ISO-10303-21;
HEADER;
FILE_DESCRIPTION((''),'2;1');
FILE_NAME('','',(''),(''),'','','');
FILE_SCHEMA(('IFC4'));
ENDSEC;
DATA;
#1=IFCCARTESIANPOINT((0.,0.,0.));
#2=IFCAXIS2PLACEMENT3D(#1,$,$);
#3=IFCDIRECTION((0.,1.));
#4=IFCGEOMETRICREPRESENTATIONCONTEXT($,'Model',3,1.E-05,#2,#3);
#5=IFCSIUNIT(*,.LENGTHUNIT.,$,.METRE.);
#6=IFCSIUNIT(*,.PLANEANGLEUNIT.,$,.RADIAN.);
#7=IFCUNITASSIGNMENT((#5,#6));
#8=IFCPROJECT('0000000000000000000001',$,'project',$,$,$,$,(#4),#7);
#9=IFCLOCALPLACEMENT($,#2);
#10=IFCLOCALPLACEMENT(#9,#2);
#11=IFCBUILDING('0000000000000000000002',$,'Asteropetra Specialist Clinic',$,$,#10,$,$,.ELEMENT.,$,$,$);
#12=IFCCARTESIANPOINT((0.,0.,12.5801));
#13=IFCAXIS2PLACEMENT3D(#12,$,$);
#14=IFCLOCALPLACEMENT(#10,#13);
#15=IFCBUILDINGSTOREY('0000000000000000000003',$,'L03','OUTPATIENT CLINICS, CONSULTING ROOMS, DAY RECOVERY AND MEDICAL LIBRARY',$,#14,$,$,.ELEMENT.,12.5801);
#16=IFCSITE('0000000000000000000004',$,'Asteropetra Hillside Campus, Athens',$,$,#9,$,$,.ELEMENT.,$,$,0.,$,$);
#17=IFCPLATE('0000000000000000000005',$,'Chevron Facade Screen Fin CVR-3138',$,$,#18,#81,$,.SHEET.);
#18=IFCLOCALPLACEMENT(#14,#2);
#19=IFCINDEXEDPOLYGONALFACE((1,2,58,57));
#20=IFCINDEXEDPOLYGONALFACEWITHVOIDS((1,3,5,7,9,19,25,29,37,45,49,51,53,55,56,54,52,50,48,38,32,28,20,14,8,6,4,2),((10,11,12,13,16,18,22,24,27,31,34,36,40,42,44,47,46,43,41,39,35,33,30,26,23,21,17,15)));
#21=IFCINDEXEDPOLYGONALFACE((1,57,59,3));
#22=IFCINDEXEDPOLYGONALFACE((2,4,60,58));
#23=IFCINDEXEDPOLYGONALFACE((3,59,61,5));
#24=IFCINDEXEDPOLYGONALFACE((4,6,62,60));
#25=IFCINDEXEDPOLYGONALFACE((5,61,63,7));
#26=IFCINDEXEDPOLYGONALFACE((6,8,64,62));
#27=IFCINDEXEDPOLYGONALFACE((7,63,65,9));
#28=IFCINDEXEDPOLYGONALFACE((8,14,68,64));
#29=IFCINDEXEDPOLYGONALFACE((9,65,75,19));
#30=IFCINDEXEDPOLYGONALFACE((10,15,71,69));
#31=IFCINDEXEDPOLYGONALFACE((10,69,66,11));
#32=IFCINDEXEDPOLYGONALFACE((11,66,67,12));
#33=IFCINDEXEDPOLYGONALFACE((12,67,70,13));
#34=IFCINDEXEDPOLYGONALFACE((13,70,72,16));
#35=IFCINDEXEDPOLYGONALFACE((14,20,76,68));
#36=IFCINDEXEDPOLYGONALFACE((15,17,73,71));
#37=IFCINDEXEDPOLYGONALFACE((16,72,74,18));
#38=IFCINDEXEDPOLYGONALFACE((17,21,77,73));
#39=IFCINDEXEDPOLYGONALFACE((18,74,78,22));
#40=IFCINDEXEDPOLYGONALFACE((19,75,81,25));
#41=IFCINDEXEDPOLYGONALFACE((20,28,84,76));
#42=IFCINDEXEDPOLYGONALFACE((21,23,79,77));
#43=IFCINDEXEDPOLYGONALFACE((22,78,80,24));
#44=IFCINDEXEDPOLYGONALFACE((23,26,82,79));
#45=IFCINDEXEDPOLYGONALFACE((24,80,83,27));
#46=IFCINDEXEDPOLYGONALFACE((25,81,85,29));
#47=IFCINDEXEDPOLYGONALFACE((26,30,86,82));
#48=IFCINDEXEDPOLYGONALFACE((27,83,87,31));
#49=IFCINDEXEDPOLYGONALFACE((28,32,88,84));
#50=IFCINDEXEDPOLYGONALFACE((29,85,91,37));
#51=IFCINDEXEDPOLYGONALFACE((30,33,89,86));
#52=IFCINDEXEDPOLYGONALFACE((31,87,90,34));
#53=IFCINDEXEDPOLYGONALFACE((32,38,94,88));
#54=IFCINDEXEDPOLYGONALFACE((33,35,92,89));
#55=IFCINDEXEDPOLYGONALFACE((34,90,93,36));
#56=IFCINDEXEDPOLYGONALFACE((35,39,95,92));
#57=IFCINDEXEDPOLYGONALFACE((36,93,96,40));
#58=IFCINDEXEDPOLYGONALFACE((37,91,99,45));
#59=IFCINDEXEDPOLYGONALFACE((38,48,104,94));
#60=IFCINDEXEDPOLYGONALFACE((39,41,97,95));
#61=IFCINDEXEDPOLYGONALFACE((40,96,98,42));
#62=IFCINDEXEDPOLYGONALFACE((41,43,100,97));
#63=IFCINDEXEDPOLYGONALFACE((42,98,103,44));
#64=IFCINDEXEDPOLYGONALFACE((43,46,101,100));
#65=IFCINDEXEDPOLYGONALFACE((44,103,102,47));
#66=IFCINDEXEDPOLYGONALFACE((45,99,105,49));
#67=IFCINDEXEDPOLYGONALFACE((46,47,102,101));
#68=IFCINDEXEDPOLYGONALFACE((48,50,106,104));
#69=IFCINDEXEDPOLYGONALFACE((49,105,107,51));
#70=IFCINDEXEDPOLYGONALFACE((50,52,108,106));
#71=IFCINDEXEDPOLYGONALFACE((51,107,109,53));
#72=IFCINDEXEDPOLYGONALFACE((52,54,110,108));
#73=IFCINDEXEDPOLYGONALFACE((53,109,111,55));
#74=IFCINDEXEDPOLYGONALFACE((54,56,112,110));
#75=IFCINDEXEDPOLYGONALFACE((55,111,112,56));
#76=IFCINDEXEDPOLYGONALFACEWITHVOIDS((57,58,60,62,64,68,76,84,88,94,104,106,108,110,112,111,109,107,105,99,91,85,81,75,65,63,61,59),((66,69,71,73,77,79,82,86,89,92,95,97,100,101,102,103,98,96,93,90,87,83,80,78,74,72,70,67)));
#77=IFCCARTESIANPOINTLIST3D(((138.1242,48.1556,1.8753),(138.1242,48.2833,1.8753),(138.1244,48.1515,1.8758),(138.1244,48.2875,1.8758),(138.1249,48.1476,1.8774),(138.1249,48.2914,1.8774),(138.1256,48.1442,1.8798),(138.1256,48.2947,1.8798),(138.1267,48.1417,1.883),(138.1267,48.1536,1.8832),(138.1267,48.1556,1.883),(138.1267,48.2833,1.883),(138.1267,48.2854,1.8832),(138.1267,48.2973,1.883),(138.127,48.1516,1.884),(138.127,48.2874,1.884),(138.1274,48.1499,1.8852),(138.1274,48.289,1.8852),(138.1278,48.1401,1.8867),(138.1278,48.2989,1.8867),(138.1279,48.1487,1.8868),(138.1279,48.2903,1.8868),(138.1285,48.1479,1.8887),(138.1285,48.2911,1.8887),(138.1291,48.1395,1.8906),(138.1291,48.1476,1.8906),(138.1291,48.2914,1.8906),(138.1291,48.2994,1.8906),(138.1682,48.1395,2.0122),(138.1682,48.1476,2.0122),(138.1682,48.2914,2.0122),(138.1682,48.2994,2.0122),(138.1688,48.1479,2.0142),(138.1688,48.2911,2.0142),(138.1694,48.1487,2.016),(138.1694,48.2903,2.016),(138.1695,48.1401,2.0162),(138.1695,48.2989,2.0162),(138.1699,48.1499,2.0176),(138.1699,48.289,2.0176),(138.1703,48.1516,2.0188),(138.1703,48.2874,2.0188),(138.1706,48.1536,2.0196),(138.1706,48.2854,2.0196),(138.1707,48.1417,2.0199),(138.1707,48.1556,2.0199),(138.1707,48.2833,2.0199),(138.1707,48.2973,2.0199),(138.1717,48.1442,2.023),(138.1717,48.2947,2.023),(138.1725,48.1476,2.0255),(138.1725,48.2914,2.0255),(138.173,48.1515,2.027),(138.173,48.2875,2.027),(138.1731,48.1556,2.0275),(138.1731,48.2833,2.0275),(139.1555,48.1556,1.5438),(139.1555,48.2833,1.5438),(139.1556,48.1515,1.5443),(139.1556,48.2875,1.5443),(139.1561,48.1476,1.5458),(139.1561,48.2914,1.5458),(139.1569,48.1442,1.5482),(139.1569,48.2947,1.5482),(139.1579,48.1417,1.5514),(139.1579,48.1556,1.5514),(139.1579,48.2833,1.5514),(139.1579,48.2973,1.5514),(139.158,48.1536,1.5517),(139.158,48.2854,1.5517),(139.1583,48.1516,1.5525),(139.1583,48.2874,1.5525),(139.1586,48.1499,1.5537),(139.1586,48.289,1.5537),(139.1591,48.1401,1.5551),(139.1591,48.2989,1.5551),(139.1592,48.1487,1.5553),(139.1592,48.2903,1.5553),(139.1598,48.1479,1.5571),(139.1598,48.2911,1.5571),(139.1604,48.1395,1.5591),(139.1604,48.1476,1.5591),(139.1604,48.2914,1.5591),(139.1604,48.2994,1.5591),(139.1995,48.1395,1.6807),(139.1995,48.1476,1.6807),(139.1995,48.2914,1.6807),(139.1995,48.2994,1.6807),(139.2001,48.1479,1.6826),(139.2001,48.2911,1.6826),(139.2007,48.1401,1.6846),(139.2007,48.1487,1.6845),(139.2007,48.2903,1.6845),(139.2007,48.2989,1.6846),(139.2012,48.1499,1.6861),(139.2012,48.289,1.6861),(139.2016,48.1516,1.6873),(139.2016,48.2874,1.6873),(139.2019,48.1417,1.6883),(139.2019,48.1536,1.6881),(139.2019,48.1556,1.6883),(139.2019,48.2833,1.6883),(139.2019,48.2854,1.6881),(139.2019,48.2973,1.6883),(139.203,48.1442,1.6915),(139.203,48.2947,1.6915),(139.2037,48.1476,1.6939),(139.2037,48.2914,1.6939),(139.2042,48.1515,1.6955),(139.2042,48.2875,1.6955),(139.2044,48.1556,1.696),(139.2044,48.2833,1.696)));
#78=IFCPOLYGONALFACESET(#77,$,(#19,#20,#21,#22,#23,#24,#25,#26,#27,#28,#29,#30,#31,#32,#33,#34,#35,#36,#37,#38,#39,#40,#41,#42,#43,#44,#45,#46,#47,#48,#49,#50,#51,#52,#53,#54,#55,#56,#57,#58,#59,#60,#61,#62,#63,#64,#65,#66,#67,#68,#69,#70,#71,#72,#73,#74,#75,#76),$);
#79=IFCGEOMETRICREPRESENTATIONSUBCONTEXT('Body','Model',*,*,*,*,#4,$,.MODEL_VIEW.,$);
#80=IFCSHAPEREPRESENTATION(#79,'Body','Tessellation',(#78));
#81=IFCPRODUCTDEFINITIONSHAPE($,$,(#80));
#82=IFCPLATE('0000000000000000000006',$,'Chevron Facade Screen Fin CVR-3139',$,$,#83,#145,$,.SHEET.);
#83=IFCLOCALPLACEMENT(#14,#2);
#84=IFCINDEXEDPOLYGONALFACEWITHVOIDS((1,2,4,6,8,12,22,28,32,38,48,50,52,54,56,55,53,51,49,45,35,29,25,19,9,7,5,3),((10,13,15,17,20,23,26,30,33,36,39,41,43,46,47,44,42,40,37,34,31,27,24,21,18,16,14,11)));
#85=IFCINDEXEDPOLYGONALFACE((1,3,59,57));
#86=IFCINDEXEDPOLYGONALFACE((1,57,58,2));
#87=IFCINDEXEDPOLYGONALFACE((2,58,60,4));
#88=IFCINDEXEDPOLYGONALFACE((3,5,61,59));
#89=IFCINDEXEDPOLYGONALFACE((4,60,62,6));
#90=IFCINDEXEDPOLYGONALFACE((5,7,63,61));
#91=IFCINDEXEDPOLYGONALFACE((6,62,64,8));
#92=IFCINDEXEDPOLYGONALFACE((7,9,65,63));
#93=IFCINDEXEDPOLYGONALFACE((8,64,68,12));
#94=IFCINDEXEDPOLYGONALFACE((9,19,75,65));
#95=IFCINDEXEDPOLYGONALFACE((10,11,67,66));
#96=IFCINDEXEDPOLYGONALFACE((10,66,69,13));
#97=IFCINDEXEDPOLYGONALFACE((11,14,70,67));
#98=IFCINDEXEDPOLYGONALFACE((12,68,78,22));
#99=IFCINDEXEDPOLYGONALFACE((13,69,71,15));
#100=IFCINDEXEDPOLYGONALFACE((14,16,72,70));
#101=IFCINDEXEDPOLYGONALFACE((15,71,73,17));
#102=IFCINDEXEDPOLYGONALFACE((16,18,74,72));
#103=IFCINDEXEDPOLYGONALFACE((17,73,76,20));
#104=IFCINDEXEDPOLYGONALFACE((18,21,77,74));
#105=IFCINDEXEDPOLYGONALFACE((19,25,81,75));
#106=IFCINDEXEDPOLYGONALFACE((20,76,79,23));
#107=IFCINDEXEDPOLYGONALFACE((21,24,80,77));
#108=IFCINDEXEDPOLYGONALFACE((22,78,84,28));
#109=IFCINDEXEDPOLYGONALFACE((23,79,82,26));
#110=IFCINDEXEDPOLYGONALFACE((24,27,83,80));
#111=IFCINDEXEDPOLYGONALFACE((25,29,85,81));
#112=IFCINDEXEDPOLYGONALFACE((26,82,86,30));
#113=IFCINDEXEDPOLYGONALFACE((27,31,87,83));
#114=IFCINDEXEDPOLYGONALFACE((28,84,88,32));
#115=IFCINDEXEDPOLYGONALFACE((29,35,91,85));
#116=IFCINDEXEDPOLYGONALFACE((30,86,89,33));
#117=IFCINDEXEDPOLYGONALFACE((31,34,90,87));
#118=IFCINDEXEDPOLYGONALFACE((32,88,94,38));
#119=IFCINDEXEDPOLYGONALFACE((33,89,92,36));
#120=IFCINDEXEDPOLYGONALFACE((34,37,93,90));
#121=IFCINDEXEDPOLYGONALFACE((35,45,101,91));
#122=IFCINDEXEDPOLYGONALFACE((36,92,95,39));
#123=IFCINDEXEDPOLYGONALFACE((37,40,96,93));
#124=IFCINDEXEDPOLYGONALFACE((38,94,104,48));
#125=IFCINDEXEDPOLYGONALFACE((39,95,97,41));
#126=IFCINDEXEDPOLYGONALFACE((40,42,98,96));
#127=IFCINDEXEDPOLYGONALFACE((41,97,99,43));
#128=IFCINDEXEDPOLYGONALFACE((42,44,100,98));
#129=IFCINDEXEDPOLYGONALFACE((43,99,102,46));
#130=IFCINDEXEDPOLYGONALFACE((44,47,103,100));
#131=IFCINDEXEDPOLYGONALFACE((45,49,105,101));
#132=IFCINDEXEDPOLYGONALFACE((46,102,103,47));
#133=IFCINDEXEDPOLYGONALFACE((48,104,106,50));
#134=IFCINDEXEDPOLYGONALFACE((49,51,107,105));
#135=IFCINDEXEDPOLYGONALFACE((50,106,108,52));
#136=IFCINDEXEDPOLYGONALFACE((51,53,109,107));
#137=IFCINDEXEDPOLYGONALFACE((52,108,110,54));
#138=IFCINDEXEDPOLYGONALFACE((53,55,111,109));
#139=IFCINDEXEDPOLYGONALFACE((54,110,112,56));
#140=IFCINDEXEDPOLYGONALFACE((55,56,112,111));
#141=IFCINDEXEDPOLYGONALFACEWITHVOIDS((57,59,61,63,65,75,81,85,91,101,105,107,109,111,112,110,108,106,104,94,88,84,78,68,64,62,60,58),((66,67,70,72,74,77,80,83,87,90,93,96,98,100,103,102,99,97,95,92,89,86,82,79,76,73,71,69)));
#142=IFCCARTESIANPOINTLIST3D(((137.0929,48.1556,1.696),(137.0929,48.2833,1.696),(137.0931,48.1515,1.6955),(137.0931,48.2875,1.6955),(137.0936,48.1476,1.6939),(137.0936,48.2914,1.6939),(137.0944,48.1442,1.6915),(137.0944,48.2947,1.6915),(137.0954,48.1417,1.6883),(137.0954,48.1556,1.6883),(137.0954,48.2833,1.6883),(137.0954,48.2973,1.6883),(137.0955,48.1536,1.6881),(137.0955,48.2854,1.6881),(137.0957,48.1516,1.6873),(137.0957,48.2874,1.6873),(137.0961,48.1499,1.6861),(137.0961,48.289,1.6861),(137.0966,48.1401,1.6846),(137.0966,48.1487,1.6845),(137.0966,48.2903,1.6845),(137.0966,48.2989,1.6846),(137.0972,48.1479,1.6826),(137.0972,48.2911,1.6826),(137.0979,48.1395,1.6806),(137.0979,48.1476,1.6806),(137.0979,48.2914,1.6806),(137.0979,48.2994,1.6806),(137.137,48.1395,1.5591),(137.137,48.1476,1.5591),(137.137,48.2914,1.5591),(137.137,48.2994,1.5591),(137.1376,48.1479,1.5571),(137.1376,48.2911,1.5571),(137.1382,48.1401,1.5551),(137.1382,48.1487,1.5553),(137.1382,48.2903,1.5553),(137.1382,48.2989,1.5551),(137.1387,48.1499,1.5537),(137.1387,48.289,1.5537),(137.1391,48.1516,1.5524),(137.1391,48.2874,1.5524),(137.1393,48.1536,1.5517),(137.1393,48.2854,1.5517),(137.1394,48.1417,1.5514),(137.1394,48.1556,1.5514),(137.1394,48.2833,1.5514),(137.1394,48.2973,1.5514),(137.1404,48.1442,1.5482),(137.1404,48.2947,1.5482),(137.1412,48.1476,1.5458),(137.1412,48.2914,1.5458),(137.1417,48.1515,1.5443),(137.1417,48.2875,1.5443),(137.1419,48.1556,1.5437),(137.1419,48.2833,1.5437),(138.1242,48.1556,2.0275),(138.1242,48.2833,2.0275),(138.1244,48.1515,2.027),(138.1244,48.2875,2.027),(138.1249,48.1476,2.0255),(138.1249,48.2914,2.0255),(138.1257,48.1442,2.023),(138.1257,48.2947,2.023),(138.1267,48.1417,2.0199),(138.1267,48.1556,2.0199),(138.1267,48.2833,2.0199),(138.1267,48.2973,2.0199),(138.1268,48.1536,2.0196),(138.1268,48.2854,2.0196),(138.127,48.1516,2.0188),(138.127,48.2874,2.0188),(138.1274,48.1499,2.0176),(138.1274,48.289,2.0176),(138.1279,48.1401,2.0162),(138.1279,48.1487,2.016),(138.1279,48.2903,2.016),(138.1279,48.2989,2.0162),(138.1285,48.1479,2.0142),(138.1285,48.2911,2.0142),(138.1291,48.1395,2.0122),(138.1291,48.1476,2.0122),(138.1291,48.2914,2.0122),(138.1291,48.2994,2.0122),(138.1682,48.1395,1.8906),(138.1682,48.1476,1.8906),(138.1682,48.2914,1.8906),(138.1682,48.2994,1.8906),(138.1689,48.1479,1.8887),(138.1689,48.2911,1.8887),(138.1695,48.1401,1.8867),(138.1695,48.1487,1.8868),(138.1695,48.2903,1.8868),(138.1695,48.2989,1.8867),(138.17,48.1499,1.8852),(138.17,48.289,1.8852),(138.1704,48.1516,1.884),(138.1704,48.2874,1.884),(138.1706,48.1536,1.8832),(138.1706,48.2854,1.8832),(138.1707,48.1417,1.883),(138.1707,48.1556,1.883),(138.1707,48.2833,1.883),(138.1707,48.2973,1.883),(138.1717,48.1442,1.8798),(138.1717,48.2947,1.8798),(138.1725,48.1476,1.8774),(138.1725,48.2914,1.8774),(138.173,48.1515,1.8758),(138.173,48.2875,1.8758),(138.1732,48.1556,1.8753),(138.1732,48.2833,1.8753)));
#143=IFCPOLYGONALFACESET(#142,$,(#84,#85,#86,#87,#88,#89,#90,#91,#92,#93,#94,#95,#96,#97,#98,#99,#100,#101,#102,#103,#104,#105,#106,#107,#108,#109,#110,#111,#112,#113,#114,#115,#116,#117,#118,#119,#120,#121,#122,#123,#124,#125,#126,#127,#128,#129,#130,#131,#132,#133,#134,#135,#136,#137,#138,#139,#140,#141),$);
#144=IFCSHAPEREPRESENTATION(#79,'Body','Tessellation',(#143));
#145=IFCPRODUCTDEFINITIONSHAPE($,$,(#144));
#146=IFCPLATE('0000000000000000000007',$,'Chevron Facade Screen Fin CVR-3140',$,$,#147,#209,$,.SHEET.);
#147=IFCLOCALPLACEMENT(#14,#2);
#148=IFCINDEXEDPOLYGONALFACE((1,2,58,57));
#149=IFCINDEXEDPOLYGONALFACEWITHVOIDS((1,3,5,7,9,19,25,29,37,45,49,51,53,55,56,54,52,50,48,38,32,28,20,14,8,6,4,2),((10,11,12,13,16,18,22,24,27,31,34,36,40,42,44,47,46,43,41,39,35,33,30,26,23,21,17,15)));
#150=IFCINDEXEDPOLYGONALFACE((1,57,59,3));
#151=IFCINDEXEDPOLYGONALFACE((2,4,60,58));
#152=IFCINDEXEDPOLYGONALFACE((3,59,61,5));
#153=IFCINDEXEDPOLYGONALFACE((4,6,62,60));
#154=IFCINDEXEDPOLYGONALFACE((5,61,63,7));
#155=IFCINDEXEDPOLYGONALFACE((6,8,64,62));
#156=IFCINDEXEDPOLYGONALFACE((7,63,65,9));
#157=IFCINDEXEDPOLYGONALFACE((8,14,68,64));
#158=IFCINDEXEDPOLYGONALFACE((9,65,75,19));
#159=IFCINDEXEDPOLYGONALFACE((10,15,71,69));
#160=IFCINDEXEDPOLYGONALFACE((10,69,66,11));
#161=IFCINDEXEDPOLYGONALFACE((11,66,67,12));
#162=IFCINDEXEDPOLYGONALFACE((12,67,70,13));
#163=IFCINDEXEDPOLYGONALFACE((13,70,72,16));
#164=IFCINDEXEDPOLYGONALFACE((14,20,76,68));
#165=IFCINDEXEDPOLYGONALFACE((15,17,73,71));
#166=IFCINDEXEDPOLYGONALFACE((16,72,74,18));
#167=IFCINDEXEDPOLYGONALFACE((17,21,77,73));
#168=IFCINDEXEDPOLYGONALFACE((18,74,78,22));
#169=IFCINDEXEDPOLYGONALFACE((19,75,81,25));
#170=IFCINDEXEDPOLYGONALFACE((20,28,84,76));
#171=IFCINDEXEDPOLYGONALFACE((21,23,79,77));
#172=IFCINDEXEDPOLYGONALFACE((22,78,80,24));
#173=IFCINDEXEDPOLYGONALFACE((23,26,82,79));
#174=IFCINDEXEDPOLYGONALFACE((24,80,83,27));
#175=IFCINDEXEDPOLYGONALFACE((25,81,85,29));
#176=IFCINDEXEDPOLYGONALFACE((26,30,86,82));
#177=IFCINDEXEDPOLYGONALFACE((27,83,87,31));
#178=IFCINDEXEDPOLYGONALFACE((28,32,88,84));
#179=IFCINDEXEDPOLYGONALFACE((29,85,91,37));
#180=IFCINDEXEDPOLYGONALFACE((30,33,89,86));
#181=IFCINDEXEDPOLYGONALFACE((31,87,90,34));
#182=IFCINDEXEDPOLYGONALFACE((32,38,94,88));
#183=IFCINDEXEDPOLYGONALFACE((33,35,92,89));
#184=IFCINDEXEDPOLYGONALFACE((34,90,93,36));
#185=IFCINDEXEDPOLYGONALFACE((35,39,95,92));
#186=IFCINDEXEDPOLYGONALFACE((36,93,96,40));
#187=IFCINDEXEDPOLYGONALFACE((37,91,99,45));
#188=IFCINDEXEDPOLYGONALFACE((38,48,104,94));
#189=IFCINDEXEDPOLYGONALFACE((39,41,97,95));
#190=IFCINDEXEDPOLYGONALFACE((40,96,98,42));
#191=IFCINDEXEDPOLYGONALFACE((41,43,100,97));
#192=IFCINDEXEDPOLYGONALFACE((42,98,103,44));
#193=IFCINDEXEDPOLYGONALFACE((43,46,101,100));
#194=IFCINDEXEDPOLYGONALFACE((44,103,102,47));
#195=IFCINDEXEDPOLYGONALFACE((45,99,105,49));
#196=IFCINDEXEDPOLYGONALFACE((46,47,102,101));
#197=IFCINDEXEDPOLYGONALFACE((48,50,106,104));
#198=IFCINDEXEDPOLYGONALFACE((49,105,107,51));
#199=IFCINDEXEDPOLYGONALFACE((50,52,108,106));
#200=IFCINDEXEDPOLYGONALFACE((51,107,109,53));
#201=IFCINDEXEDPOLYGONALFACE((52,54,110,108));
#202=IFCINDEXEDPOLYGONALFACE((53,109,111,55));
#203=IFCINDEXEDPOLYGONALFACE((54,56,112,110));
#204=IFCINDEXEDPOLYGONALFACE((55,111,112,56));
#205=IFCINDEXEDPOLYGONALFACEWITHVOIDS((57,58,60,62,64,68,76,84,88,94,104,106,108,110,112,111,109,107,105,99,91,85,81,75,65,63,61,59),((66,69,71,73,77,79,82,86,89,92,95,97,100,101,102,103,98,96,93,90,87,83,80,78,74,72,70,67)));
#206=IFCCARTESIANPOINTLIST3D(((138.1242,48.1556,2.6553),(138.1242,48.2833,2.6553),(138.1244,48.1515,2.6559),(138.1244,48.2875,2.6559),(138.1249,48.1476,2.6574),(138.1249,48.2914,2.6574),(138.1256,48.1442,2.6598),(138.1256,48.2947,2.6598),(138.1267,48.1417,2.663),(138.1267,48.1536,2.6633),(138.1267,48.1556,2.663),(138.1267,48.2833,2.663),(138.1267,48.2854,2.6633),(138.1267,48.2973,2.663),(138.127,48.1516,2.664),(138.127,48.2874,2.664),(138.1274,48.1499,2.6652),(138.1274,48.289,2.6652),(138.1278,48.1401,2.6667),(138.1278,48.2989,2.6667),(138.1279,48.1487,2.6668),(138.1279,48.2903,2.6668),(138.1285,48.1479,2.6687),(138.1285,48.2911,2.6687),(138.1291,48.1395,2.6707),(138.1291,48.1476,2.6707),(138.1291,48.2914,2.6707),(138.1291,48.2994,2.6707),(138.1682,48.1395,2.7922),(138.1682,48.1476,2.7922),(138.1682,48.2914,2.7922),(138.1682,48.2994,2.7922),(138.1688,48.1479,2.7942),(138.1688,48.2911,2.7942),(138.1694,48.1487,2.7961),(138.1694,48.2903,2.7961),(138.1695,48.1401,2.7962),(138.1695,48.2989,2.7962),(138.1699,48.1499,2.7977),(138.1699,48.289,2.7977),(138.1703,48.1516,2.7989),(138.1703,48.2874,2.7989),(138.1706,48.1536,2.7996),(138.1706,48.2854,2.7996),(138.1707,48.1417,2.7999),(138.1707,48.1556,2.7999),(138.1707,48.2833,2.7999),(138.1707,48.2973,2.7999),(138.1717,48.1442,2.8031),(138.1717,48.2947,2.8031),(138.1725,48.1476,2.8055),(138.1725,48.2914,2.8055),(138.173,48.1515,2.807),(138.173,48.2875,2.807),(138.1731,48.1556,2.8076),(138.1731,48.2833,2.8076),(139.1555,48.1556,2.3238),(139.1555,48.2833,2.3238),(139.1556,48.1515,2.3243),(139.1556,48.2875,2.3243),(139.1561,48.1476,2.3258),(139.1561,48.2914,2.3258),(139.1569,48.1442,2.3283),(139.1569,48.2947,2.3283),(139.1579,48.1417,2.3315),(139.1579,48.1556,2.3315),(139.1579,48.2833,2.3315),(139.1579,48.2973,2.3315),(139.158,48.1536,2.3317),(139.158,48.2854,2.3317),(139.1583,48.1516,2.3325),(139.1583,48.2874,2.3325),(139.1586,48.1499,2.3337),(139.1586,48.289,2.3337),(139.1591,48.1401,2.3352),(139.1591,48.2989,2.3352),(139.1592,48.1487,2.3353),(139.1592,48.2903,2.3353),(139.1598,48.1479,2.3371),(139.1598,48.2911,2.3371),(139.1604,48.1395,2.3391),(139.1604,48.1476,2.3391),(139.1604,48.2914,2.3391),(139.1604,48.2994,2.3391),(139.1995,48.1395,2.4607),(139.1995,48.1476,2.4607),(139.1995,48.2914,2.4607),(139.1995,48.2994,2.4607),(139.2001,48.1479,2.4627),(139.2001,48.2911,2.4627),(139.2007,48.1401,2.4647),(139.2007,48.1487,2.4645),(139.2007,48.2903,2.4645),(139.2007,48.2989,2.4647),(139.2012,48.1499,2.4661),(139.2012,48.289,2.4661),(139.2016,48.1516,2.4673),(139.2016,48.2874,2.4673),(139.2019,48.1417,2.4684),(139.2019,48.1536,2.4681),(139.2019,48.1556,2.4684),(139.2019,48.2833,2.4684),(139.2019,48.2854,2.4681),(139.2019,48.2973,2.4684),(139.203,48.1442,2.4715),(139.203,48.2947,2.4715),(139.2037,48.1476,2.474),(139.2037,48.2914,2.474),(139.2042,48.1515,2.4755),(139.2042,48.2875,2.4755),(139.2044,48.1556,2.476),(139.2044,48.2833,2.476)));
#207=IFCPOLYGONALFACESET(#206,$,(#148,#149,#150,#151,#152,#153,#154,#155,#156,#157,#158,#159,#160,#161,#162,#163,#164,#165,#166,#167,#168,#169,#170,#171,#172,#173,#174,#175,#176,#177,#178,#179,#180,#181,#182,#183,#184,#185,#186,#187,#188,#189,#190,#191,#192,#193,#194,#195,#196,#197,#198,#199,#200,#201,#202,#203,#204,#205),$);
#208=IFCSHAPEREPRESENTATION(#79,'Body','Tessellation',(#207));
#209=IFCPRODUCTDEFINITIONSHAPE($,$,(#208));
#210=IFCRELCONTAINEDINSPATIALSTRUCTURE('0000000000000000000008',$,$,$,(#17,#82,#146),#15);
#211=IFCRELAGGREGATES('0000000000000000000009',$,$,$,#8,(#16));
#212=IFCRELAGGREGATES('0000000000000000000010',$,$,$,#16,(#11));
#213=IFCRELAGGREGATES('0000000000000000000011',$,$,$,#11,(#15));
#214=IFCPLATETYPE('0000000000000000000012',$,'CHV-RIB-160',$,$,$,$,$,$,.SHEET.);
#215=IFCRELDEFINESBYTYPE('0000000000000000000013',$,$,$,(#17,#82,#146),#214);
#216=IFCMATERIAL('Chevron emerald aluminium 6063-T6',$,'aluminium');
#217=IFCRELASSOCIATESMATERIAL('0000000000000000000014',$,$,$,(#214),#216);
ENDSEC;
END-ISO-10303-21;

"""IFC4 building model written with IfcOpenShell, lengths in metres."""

from ifc_helpers import new_model, si_unit, direction, frame, origin, origin_2d, place, context, subcontext, project, spatial, hollow_rectangle, extrude, material, material_profile, profile_set, type_object, element, save


model = new_model("IFC4")

# Units and contexts
model_context = context("Model", 3, precision=1e-05, world=origin(), true_north=direction((0.0, 1.0)))
body_context = subcontext(model_context, "Body", "Model", "MODEL_VIEW")
ifc_project = project(units=[si_unit("LENGTHUNIT", "METRE"), si_unit("PLANEANGLEUNIT", "RADIAN")], contexts=[model_context])

# Site, building, storey
site_placement = place(None, origin())
site = spatial("IfcSite", under=ifc_project, at=site_placement, Name="Asteropetra Hillside Campus, Athens", CompositionType="ELEMENT", RefElevation=0.0)
building_placement = place(site_placement, origin())
building = spatial("IfcBuilding", under=site, at=building_placement, Name="Asteropetra Specialist Clinic", CompositionType="ELEMENT")
storey_placement = place(building_placement, frame((0.0, 0.0, 12.5801)))
storey = spatial("IfcBuildingStorey", under=building, at=storey_placement, Name="L03", Description="OUTPATIENT CLINICS, CONSULTING ROOMS, DAY RECOVERY AND MEDICAL LIBRARY", CompositionType="ELEMENT", Elevation=12.5801)

# Plates
ifc_material_1 = material(Name="Chevron emerald aluminium 6063-T6", Category="aluminium")
ifc_material_profile = material_profile(ifc_material_1, hollow_rectangle(XDim=0.1599, YDim=0.1599, WallThickness=0.0081, InnerFilletRadius=0.0081, OuterFilletRadius=0.0161, at=origin_2d()), Name="SHS 160x160x8.0")
ifc_profile_set = profile_set([ifc_material_profile], Name="Chevron emerald aluminium 6063-T6")
plate_type_1 = type_object("IfcPlateType", Name="CHV-RIB-160", PredefinedType="SHEET", material=ifc_profile_set)
for number, where, z_axis, x_axis, name in (
    (1, (139.1799, 48.2195, 1.6199), (-0.95201, 0.0, 0.306068), (0.0, -1.0, 0.0), "Chevron Facade Screen Fin CVR-3138"),
    (2, (138.1487, 48.2195, 1.9514), (-0.95201, 0.0, -0.306068), (0.0, -1.0, 0.0), "Chevron Facade Screen Fin CVR-3139"),
    (3, (139.1799, 48.2195, 2.3999), (-0.95201, 0.0, 0.306068), (0.0, -1.0, 0.0), "Chevron Facade Screen Fin CVR-3140"),
):
    element("IfcPlate", number, at=place(storey_placement, frame(where, z_axis=z_axis, x_axis=x_axis)), inside=storey, type_object=plate_type_1, Name=name, PredefinedType="SHEET", context=body_context, shape_type="SweptSolid", body=[
        extrude(hollow_rectangle(XDim=0.1599, YDim=0.1599, WallThickness=0.0081, InnerFilletRadius=0.0081, OuterFilletRadius=0.0161, at=origin_2d()), origin(), (0.0, 0.0, 1.0), 1.0833),
    ])

save(model, "model.ifc")
